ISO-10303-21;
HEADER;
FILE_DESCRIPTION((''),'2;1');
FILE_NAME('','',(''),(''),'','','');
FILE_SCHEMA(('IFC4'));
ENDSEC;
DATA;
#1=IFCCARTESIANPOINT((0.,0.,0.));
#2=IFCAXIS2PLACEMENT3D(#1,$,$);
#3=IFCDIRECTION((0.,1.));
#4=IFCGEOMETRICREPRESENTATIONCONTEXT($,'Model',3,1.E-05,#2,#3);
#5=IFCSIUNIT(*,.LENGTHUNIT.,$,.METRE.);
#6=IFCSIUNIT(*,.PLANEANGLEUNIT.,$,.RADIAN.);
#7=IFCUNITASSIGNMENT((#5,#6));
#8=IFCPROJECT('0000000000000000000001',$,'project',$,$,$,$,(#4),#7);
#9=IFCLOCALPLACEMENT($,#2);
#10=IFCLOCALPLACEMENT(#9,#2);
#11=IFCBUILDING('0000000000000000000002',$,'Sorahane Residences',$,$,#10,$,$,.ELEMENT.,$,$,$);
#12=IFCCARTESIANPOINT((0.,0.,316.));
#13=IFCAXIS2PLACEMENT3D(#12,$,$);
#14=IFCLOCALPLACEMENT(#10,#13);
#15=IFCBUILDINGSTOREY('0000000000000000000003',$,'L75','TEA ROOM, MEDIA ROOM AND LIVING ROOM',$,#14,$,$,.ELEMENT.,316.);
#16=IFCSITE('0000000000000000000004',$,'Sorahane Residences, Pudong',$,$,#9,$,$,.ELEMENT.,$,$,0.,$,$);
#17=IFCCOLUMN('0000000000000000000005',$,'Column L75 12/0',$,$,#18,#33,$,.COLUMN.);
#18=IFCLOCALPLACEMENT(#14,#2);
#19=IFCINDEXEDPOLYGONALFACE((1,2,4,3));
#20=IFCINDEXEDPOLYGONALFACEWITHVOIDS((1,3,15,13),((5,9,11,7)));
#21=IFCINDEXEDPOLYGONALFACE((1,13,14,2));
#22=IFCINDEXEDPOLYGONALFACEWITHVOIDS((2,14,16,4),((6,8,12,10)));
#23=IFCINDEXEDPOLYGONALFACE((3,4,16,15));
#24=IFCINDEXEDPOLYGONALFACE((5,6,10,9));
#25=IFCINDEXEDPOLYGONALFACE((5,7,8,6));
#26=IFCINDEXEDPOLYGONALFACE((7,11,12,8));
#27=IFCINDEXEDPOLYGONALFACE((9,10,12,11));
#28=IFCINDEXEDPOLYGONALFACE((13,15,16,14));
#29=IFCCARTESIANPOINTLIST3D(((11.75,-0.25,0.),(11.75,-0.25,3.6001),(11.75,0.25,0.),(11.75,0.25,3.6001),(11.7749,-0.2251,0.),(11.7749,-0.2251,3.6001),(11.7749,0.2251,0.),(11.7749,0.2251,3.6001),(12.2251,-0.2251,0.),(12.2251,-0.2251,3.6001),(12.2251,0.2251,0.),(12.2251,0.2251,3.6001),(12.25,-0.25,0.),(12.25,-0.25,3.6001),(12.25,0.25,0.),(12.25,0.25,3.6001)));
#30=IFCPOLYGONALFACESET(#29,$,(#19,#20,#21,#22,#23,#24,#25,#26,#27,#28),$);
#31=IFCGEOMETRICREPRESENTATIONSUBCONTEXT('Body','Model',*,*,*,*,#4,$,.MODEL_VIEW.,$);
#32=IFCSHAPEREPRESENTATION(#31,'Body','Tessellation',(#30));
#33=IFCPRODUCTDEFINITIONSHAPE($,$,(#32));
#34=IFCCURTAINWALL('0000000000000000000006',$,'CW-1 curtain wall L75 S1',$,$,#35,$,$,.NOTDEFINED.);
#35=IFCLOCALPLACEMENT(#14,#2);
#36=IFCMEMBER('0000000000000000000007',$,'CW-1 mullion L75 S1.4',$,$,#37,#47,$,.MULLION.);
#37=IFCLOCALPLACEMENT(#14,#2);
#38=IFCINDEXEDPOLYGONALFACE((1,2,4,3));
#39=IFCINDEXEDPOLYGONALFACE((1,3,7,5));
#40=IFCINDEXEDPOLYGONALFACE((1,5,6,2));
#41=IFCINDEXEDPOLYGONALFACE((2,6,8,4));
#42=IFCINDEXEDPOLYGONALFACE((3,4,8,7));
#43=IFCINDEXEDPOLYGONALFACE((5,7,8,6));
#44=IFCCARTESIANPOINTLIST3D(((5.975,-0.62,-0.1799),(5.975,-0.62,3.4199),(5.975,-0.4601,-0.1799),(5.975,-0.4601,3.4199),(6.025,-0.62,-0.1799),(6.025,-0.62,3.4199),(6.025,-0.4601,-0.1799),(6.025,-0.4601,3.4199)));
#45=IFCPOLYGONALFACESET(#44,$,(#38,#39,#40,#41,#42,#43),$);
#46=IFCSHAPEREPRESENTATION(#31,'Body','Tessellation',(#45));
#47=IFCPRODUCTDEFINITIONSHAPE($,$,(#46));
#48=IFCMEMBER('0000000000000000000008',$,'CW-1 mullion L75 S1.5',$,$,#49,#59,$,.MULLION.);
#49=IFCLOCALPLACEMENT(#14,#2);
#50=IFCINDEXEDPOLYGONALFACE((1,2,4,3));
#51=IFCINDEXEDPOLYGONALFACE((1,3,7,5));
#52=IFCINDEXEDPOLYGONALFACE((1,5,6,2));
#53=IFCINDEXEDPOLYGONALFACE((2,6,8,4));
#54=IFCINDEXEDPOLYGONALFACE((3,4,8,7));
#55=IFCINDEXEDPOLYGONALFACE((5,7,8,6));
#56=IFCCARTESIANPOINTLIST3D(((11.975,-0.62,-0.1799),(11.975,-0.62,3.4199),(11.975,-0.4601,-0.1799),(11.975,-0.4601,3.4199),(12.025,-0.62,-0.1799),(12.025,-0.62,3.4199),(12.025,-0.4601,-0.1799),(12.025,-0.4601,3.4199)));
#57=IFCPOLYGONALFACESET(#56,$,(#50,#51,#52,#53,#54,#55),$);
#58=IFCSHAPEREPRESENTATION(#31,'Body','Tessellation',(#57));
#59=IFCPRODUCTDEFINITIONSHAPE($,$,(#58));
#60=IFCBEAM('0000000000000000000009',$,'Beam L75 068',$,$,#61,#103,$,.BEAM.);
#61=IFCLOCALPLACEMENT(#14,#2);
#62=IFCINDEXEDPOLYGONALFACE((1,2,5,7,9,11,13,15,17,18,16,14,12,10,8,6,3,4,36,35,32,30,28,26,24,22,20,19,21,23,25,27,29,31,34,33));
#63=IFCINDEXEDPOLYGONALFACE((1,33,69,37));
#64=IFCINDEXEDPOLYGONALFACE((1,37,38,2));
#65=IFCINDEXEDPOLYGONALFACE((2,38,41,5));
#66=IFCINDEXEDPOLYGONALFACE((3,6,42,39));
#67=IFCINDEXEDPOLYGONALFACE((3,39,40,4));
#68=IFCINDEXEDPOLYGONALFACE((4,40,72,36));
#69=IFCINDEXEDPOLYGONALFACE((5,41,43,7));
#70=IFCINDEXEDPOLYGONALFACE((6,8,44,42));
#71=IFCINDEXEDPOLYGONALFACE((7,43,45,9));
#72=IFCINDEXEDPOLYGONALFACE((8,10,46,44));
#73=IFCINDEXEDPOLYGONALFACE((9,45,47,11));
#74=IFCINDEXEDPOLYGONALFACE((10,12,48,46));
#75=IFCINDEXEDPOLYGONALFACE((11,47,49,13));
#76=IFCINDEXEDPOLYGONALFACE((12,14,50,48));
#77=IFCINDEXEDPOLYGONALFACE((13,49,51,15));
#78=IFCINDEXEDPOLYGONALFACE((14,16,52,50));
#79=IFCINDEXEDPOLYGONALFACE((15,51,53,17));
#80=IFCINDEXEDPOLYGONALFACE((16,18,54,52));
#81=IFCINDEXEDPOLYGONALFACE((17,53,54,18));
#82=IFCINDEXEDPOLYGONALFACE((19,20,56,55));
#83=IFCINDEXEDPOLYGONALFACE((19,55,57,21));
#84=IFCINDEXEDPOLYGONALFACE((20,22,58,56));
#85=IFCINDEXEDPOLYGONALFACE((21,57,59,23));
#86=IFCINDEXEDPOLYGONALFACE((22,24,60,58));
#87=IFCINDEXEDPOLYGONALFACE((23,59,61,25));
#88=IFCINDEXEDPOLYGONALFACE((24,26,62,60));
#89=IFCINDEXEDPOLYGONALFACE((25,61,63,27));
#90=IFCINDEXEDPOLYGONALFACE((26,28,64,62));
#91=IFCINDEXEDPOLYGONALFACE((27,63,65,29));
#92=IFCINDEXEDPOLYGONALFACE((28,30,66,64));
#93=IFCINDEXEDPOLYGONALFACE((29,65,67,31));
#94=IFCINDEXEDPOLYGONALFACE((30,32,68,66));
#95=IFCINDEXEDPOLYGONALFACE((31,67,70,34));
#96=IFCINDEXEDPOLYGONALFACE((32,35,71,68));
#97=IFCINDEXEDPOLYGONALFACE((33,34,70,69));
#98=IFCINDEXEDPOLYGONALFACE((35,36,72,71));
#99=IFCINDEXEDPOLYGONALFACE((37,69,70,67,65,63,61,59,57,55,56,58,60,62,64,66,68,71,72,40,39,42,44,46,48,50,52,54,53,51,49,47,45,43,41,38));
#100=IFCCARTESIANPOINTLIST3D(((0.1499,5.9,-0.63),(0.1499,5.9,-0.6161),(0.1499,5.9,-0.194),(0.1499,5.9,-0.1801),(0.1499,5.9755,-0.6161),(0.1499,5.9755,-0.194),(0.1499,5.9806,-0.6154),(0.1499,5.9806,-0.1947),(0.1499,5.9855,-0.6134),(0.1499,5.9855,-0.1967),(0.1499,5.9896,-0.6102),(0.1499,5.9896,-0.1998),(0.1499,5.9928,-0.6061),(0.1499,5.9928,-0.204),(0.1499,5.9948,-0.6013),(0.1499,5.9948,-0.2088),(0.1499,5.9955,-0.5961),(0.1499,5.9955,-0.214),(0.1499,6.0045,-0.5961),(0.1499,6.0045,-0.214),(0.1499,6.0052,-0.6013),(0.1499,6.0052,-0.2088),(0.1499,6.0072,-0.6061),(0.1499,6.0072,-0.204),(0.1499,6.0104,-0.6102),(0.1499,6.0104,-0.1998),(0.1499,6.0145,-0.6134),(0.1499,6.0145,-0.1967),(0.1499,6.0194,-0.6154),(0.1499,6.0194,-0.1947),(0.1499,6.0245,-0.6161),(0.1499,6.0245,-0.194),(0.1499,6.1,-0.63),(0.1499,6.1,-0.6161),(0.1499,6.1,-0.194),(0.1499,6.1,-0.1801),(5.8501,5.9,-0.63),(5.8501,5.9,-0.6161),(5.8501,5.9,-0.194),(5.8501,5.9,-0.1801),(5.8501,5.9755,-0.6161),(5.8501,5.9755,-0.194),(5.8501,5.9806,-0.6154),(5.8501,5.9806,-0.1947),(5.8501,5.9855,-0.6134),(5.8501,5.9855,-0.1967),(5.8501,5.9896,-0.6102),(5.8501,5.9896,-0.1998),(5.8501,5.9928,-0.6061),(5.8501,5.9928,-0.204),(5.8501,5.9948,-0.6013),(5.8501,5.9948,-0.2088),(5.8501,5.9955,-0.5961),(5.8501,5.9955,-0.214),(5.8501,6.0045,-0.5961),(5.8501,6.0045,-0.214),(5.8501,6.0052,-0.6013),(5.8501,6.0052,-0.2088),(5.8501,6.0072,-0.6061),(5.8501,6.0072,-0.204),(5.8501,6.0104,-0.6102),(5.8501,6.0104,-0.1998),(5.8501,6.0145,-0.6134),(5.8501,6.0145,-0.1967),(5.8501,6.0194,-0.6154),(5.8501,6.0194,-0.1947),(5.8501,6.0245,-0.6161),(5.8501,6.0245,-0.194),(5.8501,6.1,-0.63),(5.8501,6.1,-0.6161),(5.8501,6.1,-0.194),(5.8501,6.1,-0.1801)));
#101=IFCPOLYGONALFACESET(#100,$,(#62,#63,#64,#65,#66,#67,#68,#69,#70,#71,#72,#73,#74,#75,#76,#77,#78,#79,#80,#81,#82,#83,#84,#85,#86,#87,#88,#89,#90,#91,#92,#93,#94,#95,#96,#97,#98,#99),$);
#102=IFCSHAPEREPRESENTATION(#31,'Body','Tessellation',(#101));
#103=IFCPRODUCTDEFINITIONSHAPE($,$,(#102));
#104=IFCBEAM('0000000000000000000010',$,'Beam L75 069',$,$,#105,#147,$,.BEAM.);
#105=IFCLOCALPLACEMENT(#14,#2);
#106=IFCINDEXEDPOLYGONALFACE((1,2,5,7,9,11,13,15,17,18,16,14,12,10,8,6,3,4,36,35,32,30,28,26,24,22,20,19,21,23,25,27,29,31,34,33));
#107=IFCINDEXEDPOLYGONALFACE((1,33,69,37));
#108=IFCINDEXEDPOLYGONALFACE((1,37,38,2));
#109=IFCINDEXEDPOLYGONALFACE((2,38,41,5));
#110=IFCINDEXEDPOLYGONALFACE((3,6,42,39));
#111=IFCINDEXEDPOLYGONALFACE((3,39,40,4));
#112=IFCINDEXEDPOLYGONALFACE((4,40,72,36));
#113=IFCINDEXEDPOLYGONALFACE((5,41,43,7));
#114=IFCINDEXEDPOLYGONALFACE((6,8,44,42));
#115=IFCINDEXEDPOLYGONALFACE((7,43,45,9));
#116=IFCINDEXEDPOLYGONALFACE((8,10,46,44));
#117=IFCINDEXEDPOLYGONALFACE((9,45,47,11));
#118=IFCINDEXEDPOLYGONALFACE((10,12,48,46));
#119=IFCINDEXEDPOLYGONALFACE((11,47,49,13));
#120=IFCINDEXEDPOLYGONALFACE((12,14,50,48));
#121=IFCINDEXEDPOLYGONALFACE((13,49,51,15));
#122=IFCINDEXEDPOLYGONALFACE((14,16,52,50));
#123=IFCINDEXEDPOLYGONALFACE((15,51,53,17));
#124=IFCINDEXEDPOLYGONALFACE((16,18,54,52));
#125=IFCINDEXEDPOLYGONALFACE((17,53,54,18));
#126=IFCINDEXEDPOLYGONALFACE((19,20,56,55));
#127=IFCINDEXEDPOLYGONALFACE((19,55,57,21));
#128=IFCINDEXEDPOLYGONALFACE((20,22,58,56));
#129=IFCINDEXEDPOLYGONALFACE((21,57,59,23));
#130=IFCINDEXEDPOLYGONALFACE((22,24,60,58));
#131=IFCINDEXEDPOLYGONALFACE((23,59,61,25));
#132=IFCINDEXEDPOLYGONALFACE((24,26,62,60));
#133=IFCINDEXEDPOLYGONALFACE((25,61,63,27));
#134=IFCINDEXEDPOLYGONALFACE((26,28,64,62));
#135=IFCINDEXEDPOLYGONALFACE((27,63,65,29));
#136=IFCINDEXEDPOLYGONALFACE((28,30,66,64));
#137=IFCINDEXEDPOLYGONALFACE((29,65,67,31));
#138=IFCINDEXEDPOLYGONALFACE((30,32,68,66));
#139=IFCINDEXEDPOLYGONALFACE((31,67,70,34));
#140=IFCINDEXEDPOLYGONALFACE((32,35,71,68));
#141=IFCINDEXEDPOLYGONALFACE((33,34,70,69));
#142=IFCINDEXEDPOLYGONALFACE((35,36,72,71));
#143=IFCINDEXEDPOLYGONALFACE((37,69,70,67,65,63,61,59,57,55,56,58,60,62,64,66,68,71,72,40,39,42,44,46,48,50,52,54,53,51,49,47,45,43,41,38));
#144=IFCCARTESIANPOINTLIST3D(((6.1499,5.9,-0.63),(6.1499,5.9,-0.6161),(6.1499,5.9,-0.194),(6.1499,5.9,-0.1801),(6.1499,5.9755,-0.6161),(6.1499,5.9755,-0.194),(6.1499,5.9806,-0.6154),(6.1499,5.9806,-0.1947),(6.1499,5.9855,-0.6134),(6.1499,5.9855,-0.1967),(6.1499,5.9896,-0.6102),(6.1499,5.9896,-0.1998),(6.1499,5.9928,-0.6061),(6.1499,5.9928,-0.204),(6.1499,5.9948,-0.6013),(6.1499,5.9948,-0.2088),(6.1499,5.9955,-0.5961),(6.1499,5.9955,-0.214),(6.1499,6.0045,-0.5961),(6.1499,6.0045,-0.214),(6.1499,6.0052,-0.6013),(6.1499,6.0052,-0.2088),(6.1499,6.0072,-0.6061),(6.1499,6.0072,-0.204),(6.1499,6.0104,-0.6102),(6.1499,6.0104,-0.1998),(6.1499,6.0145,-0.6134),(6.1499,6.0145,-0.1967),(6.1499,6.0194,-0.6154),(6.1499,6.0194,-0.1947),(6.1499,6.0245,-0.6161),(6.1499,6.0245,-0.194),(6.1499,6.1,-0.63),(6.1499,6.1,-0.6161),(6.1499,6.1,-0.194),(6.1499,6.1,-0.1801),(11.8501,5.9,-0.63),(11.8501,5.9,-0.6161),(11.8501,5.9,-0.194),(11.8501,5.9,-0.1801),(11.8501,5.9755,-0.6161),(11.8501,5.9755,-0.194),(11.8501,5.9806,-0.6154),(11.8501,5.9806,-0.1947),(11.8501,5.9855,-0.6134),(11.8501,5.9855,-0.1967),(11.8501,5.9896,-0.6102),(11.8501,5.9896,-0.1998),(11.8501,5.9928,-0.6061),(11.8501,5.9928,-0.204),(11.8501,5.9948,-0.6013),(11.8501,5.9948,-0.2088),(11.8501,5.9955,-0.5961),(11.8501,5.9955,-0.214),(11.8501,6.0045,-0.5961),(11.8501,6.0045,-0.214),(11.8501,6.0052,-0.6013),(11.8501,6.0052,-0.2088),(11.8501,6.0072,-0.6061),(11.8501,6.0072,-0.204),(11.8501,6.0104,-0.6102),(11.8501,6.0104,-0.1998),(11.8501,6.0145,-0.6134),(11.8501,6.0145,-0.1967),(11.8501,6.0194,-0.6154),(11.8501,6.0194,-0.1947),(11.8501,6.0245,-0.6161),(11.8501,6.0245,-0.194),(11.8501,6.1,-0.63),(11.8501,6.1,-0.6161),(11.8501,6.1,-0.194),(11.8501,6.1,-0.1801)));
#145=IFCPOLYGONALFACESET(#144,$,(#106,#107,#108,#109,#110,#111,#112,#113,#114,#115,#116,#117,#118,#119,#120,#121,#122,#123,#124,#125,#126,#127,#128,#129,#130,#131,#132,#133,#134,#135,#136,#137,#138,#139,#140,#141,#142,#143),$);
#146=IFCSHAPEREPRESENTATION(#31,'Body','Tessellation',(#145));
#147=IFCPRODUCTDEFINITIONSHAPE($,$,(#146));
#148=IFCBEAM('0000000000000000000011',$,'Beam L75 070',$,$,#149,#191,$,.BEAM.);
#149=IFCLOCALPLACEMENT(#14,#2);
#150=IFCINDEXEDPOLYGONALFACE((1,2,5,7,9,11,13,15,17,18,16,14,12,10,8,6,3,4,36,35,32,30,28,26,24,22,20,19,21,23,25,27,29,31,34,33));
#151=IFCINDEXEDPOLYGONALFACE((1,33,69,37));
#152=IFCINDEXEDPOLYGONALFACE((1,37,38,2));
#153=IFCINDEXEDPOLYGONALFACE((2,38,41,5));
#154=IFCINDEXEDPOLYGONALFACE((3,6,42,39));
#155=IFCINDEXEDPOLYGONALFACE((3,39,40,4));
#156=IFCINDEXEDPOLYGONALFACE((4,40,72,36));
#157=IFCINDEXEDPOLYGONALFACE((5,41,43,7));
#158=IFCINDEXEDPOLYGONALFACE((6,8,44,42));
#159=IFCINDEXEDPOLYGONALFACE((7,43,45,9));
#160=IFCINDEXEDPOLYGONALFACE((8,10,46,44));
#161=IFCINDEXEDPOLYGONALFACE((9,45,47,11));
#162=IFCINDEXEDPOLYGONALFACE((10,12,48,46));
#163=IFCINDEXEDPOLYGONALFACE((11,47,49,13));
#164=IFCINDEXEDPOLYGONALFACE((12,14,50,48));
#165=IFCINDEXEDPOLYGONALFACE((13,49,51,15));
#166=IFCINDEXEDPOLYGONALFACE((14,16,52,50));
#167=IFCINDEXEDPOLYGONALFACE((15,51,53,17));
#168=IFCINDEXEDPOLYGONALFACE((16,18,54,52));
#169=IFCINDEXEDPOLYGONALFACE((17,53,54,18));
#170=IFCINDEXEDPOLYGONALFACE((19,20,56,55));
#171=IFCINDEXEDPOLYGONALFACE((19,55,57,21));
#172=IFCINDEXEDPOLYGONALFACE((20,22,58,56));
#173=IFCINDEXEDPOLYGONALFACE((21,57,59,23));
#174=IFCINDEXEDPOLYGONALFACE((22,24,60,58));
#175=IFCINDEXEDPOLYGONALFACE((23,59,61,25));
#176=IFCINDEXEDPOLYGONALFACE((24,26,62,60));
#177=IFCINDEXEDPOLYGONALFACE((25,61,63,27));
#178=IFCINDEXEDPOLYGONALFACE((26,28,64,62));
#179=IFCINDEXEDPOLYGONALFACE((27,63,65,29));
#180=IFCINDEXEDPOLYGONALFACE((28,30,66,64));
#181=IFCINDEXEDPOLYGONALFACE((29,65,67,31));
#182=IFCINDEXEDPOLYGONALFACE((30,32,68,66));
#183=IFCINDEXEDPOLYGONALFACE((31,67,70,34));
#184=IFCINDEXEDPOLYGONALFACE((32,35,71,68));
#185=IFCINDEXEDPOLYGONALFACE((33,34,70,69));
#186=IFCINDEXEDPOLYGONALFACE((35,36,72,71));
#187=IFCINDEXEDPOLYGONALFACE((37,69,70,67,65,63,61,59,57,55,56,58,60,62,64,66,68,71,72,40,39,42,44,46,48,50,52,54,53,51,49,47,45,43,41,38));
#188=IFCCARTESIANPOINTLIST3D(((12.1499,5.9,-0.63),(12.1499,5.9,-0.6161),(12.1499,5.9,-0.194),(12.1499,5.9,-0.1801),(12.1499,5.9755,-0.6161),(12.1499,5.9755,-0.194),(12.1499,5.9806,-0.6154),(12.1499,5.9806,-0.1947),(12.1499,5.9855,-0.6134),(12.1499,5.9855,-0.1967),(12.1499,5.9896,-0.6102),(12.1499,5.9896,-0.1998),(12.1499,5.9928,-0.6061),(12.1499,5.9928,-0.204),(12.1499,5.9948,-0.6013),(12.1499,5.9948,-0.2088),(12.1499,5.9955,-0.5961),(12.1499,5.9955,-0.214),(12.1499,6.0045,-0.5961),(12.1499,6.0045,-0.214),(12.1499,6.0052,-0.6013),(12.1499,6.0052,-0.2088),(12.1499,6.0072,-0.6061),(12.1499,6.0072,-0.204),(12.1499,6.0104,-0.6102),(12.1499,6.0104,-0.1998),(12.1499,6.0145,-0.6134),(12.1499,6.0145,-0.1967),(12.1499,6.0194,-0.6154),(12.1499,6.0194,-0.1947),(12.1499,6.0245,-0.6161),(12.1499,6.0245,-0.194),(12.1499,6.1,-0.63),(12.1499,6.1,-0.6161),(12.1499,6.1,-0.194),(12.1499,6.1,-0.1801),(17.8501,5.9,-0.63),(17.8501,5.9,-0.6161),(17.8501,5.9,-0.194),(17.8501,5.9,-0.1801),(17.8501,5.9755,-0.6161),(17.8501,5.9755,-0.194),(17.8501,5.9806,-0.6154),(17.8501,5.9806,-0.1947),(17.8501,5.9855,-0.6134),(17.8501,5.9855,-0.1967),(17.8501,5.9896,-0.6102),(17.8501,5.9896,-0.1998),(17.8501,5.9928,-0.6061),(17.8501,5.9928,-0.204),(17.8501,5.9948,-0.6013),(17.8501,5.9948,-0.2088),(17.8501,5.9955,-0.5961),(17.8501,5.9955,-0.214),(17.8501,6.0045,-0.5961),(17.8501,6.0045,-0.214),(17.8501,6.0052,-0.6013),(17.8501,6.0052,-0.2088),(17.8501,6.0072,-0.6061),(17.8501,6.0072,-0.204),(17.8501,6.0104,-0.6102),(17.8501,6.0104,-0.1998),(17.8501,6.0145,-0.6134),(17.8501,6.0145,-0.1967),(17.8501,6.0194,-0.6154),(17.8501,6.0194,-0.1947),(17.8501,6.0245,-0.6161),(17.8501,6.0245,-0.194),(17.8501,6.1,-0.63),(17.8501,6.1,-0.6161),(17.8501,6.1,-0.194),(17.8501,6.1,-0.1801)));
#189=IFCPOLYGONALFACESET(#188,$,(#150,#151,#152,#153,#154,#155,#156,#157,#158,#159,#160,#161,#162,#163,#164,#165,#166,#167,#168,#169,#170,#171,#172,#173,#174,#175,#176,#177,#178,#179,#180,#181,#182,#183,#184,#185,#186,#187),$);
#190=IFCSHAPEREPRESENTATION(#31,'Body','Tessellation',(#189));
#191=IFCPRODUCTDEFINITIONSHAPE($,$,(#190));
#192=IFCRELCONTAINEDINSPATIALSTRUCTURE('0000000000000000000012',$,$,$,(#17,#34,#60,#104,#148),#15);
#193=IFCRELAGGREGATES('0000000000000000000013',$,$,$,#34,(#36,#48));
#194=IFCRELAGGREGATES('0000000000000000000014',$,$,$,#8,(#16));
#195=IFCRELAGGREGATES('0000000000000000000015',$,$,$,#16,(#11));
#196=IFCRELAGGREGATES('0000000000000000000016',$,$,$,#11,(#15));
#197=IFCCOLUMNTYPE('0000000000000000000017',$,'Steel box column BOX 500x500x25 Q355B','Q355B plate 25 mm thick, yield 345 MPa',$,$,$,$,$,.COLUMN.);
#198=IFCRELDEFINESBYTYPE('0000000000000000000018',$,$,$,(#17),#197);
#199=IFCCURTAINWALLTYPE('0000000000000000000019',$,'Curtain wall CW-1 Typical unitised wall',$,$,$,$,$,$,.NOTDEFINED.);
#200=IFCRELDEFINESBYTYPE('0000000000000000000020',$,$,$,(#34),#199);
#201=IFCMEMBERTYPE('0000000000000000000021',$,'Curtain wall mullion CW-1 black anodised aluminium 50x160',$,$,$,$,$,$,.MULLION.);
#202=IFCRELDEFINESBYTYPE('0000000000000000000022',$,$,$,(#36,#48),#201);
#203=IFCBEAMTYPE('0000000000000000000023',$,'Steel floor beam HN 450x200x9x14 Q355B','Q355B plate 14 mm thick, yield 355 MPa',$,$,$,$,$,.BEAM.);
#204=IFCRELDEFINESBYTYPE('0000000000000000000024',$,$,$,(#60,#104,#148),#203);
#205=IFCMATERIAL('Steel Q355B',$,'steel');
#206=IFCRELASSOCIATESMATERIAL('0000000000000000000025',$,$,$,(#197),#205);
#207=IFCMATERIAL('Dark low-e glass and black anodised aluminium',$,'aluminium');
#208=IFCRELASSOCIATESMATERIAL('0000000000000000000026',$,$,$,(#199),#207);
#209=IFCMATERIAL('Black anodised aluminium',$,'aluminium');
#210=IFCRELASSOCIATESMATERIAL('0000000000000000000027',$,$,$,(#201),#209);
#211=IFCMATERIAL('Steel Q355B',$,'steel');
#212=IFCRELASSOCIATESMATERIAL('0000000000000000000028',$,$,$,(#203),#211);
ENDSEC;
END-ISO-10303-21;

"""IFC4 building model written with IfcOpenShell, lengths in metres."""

from ifc_helpers import new_model, si_unit, direction, frame, origin, origin_2d, place, context, subcontext, project, spatial, rectangle, hollow_rectangle, i_section, extrude, material, material_profile, profile_set, type_object, element, aggregate, save


model = new_model("IFC4")

# Units and contexts
model_context = context("Model", 3, precision=1e-05, world=origin(), true_north=direction((0.0, 1.0)))
body_context = subcontext(model_context, "Body", "Model", "MODEL_VIEW")
ifc_project = project(units=[si_unit("LENGTHUNIT", "METRE"), si_unit("PLANEANGLEUNIT", "RADIAN")], contexts=[model_context])

# Site, building, storey
site_placement = place(None, origin())
site = spatial("IfcSite", under=ifc_project, at=site_placement, Name="Sorahane Residences, Pudong", CompositionType="ELEMENT", RefElevation=0.0)
building_placement = place(site_placement, origin())
building = spatial("IfcBuilding", under=site, at=building_placement, Name="Sorahane Residences", CompositionType="ELEMENT")
storey_placement = place(building_placement, frame((0.0, 0.0, 316.0)))
storey = spatial("IfcBuildingStorey", under=building, at=storey_placement, Name="L75", Description="TEA ROOM, MEDIA ROOM AND LIVING ROOM", CompositionType="ELEMENT", Elevation=316.0)

# Column
ifc_material_1 = material(Name="Steel Q355B", Category="steel")
ifc_material_profile_1 = material_profile(ifc_material_1, hollow_rectangle(XDim=0.5, YDim=0.5, WallThickness=0.0249, at=origin_2d()), Name="BOX 500x500x25")
ifc_profile_set_1 = profile_set([ifc_material_profile_1], Name="Steel Q355B")
column_type = type_object("IfcColumnType", Name="Steel box column BOX 500x500x25 Q355B", Description="Q355B plate 25 mm thick, yield 345 MPa", PredefinedType="COLUMN", material=ifc_profile_set_1)
column_placement = place(storey_placement, frame((12.0, 0.0, 0.0), z_axis=(0.0, 0.0, 1.0), x_axis=(1.0, 0.0, 0.0)))
element("IfcColumn", 1, at=column_placement, inside=storey, type_object=column_type, Name="Column L75 12/0", PredefinedType="COLUMN", context=body_context, shape_type="SweptSolid", body=[
    extrude(hollow_rectangle(XDim=0.5, YDim=0.5, WallThickness=0.0249, at=origin_2d()), origin(), (0.0, 0.0, 1.0), 3.6001),
])

# Curtain wall, members
ifc_material_2 = material(Name="Dark low-e glass and black anodised aluminium", Category="aluminium")
curtain_wall_type = type_object("IfcCurtainWallType", Name="Curtain wall CW-1 Typical unitised wall", PredefinedType="NOTDEFINED", material=ifc_material_2)
curtain_wall_placement = place(storey_placement, origin())
curtain_wall = element("IfcCurtainWall", 2, at=curtain_wall_placement, inside=storey, type_object=curtain_wall_type, Name="CW-1 curtain wall L75 S1", PredefinedType="NOTDEFINED")
ifc_material_3 = material(Name="Black anodised aluminium", Category="aluminium")
ifc_material_profile_2 = material_profile(ifc_material_3, rectangle(XDim=0.1599, YDim=0.05, at=origin_2d()), Name="Curtain wall mullion CW-1 black anodised aluminium 50x160")
ifc_profile_set_2 = profile_set([ifc_material_profile_2], Name="Black anodised aluminium")
member_type = type_object("IfcMemberType", Name="Curtain wall mullion CW-1 black anodised aluminium 50x160", PredefinedType="MULLION", material=ifc_profile_set_2)
member_1_placement = place(storey_placement, frame((6.0, -0.54, -0.1799), z_axis=(0.0, 0.0, 1.0), x_axis=(0.0, -1.0, 0.0)))
member_1 = element("IfcMember", 3, at=member_1_placement, type_object=member_type, Name="CW-1 mullion L75 S1.4", PredefinedType="MULLION", context=body_context, shape_type="SweptSolid", body=[
    extrude(rectangle(XDim=0.1599, YDim=0.05, at=origin_2d()), origin(), (0.0, 0.0, 1.0), 3.5999),
])
member_2_placement = place(storey_placement, frame((12.0, -0.54, -0.1799), z_axis=(0.0, 0.0, 1.0), x_axis=(0.0, -1.0, 0.0)))
member_2 = element("IfcMember", 4, at=member_2_placement, type_object=member_type, Name="CW-1 mullion L75 S1.5", PredefinedType="MULLION", context=body_context, shape_type="SweptSolid", body=[
    extrude(rectangle(XDim=0.1599, YDim=0.05, at=origin_2d()), origin(), (0.0, 0.0, 1.0), 3.5999),
])

# Beams
ifc_material_4 = material(Name="Steel Q355B", Category="steel")
ifc_material_profile_3 = material_profile(ifc_material_4, i_section(OverallWidth=0.2, OverallDepth=0.45, WebThickness=0.009, FlangeThickness=0.0139, FilletRadius=0.02, at=origin_2d()), Name="HN 450x200x9x14")
ifc_profile_set_3 = profile_set([ifc_material_profile_3], Name="Steel Q355B")
beam_type_1 = type_object("IfcBeamType", Name="Steel floor beam HN 450x200x9x14 Q355B", Description="Q355B plate 14 mm thick, yield 355 MPa", PredefinedType="BEAM", material=ifc_profile_set_3)
for number, where, z_axis, x_axis, name in (
    (5, (0.1499, 6.0, -0.405), (1.0, 0.0, 0.0), (0.0, 1.0, 0.0), "Beam L75 068"),
    (6, (6.1499, 6.0, -0.405), (1.0, 0.0, 0.0), (0.0, 1.0, 0.0), "Beam L75 069"),
    (7, (12.1499, 6.0, -0.405), (1.0, 0.0, 0.0), (0.0, 1.0, 0.0), "Beam L75 070"),
):
    element("IfcBeam", number, at=place(storey_placement, frame(where, z_axis=z_axis, x_axis=x_axis)), inside=storey, type_object=beam_type_1, Name=name, PredefinedType="BEAM", context=body_context, shape_type="SweptSolid", body=[
        extrude(i_section(OverallWidth=0.2, OverallDepth=0.45, WebThickness=0.009, FlangeThickness=0.0139, FilletRadius=0.02, at=origin_2d()), origin(), (0.0, 0.0, 1.0), 5.7002),
    ])

aggregate(curtain_wall, [member_1, member_2])

save(model, "model.ifc")
